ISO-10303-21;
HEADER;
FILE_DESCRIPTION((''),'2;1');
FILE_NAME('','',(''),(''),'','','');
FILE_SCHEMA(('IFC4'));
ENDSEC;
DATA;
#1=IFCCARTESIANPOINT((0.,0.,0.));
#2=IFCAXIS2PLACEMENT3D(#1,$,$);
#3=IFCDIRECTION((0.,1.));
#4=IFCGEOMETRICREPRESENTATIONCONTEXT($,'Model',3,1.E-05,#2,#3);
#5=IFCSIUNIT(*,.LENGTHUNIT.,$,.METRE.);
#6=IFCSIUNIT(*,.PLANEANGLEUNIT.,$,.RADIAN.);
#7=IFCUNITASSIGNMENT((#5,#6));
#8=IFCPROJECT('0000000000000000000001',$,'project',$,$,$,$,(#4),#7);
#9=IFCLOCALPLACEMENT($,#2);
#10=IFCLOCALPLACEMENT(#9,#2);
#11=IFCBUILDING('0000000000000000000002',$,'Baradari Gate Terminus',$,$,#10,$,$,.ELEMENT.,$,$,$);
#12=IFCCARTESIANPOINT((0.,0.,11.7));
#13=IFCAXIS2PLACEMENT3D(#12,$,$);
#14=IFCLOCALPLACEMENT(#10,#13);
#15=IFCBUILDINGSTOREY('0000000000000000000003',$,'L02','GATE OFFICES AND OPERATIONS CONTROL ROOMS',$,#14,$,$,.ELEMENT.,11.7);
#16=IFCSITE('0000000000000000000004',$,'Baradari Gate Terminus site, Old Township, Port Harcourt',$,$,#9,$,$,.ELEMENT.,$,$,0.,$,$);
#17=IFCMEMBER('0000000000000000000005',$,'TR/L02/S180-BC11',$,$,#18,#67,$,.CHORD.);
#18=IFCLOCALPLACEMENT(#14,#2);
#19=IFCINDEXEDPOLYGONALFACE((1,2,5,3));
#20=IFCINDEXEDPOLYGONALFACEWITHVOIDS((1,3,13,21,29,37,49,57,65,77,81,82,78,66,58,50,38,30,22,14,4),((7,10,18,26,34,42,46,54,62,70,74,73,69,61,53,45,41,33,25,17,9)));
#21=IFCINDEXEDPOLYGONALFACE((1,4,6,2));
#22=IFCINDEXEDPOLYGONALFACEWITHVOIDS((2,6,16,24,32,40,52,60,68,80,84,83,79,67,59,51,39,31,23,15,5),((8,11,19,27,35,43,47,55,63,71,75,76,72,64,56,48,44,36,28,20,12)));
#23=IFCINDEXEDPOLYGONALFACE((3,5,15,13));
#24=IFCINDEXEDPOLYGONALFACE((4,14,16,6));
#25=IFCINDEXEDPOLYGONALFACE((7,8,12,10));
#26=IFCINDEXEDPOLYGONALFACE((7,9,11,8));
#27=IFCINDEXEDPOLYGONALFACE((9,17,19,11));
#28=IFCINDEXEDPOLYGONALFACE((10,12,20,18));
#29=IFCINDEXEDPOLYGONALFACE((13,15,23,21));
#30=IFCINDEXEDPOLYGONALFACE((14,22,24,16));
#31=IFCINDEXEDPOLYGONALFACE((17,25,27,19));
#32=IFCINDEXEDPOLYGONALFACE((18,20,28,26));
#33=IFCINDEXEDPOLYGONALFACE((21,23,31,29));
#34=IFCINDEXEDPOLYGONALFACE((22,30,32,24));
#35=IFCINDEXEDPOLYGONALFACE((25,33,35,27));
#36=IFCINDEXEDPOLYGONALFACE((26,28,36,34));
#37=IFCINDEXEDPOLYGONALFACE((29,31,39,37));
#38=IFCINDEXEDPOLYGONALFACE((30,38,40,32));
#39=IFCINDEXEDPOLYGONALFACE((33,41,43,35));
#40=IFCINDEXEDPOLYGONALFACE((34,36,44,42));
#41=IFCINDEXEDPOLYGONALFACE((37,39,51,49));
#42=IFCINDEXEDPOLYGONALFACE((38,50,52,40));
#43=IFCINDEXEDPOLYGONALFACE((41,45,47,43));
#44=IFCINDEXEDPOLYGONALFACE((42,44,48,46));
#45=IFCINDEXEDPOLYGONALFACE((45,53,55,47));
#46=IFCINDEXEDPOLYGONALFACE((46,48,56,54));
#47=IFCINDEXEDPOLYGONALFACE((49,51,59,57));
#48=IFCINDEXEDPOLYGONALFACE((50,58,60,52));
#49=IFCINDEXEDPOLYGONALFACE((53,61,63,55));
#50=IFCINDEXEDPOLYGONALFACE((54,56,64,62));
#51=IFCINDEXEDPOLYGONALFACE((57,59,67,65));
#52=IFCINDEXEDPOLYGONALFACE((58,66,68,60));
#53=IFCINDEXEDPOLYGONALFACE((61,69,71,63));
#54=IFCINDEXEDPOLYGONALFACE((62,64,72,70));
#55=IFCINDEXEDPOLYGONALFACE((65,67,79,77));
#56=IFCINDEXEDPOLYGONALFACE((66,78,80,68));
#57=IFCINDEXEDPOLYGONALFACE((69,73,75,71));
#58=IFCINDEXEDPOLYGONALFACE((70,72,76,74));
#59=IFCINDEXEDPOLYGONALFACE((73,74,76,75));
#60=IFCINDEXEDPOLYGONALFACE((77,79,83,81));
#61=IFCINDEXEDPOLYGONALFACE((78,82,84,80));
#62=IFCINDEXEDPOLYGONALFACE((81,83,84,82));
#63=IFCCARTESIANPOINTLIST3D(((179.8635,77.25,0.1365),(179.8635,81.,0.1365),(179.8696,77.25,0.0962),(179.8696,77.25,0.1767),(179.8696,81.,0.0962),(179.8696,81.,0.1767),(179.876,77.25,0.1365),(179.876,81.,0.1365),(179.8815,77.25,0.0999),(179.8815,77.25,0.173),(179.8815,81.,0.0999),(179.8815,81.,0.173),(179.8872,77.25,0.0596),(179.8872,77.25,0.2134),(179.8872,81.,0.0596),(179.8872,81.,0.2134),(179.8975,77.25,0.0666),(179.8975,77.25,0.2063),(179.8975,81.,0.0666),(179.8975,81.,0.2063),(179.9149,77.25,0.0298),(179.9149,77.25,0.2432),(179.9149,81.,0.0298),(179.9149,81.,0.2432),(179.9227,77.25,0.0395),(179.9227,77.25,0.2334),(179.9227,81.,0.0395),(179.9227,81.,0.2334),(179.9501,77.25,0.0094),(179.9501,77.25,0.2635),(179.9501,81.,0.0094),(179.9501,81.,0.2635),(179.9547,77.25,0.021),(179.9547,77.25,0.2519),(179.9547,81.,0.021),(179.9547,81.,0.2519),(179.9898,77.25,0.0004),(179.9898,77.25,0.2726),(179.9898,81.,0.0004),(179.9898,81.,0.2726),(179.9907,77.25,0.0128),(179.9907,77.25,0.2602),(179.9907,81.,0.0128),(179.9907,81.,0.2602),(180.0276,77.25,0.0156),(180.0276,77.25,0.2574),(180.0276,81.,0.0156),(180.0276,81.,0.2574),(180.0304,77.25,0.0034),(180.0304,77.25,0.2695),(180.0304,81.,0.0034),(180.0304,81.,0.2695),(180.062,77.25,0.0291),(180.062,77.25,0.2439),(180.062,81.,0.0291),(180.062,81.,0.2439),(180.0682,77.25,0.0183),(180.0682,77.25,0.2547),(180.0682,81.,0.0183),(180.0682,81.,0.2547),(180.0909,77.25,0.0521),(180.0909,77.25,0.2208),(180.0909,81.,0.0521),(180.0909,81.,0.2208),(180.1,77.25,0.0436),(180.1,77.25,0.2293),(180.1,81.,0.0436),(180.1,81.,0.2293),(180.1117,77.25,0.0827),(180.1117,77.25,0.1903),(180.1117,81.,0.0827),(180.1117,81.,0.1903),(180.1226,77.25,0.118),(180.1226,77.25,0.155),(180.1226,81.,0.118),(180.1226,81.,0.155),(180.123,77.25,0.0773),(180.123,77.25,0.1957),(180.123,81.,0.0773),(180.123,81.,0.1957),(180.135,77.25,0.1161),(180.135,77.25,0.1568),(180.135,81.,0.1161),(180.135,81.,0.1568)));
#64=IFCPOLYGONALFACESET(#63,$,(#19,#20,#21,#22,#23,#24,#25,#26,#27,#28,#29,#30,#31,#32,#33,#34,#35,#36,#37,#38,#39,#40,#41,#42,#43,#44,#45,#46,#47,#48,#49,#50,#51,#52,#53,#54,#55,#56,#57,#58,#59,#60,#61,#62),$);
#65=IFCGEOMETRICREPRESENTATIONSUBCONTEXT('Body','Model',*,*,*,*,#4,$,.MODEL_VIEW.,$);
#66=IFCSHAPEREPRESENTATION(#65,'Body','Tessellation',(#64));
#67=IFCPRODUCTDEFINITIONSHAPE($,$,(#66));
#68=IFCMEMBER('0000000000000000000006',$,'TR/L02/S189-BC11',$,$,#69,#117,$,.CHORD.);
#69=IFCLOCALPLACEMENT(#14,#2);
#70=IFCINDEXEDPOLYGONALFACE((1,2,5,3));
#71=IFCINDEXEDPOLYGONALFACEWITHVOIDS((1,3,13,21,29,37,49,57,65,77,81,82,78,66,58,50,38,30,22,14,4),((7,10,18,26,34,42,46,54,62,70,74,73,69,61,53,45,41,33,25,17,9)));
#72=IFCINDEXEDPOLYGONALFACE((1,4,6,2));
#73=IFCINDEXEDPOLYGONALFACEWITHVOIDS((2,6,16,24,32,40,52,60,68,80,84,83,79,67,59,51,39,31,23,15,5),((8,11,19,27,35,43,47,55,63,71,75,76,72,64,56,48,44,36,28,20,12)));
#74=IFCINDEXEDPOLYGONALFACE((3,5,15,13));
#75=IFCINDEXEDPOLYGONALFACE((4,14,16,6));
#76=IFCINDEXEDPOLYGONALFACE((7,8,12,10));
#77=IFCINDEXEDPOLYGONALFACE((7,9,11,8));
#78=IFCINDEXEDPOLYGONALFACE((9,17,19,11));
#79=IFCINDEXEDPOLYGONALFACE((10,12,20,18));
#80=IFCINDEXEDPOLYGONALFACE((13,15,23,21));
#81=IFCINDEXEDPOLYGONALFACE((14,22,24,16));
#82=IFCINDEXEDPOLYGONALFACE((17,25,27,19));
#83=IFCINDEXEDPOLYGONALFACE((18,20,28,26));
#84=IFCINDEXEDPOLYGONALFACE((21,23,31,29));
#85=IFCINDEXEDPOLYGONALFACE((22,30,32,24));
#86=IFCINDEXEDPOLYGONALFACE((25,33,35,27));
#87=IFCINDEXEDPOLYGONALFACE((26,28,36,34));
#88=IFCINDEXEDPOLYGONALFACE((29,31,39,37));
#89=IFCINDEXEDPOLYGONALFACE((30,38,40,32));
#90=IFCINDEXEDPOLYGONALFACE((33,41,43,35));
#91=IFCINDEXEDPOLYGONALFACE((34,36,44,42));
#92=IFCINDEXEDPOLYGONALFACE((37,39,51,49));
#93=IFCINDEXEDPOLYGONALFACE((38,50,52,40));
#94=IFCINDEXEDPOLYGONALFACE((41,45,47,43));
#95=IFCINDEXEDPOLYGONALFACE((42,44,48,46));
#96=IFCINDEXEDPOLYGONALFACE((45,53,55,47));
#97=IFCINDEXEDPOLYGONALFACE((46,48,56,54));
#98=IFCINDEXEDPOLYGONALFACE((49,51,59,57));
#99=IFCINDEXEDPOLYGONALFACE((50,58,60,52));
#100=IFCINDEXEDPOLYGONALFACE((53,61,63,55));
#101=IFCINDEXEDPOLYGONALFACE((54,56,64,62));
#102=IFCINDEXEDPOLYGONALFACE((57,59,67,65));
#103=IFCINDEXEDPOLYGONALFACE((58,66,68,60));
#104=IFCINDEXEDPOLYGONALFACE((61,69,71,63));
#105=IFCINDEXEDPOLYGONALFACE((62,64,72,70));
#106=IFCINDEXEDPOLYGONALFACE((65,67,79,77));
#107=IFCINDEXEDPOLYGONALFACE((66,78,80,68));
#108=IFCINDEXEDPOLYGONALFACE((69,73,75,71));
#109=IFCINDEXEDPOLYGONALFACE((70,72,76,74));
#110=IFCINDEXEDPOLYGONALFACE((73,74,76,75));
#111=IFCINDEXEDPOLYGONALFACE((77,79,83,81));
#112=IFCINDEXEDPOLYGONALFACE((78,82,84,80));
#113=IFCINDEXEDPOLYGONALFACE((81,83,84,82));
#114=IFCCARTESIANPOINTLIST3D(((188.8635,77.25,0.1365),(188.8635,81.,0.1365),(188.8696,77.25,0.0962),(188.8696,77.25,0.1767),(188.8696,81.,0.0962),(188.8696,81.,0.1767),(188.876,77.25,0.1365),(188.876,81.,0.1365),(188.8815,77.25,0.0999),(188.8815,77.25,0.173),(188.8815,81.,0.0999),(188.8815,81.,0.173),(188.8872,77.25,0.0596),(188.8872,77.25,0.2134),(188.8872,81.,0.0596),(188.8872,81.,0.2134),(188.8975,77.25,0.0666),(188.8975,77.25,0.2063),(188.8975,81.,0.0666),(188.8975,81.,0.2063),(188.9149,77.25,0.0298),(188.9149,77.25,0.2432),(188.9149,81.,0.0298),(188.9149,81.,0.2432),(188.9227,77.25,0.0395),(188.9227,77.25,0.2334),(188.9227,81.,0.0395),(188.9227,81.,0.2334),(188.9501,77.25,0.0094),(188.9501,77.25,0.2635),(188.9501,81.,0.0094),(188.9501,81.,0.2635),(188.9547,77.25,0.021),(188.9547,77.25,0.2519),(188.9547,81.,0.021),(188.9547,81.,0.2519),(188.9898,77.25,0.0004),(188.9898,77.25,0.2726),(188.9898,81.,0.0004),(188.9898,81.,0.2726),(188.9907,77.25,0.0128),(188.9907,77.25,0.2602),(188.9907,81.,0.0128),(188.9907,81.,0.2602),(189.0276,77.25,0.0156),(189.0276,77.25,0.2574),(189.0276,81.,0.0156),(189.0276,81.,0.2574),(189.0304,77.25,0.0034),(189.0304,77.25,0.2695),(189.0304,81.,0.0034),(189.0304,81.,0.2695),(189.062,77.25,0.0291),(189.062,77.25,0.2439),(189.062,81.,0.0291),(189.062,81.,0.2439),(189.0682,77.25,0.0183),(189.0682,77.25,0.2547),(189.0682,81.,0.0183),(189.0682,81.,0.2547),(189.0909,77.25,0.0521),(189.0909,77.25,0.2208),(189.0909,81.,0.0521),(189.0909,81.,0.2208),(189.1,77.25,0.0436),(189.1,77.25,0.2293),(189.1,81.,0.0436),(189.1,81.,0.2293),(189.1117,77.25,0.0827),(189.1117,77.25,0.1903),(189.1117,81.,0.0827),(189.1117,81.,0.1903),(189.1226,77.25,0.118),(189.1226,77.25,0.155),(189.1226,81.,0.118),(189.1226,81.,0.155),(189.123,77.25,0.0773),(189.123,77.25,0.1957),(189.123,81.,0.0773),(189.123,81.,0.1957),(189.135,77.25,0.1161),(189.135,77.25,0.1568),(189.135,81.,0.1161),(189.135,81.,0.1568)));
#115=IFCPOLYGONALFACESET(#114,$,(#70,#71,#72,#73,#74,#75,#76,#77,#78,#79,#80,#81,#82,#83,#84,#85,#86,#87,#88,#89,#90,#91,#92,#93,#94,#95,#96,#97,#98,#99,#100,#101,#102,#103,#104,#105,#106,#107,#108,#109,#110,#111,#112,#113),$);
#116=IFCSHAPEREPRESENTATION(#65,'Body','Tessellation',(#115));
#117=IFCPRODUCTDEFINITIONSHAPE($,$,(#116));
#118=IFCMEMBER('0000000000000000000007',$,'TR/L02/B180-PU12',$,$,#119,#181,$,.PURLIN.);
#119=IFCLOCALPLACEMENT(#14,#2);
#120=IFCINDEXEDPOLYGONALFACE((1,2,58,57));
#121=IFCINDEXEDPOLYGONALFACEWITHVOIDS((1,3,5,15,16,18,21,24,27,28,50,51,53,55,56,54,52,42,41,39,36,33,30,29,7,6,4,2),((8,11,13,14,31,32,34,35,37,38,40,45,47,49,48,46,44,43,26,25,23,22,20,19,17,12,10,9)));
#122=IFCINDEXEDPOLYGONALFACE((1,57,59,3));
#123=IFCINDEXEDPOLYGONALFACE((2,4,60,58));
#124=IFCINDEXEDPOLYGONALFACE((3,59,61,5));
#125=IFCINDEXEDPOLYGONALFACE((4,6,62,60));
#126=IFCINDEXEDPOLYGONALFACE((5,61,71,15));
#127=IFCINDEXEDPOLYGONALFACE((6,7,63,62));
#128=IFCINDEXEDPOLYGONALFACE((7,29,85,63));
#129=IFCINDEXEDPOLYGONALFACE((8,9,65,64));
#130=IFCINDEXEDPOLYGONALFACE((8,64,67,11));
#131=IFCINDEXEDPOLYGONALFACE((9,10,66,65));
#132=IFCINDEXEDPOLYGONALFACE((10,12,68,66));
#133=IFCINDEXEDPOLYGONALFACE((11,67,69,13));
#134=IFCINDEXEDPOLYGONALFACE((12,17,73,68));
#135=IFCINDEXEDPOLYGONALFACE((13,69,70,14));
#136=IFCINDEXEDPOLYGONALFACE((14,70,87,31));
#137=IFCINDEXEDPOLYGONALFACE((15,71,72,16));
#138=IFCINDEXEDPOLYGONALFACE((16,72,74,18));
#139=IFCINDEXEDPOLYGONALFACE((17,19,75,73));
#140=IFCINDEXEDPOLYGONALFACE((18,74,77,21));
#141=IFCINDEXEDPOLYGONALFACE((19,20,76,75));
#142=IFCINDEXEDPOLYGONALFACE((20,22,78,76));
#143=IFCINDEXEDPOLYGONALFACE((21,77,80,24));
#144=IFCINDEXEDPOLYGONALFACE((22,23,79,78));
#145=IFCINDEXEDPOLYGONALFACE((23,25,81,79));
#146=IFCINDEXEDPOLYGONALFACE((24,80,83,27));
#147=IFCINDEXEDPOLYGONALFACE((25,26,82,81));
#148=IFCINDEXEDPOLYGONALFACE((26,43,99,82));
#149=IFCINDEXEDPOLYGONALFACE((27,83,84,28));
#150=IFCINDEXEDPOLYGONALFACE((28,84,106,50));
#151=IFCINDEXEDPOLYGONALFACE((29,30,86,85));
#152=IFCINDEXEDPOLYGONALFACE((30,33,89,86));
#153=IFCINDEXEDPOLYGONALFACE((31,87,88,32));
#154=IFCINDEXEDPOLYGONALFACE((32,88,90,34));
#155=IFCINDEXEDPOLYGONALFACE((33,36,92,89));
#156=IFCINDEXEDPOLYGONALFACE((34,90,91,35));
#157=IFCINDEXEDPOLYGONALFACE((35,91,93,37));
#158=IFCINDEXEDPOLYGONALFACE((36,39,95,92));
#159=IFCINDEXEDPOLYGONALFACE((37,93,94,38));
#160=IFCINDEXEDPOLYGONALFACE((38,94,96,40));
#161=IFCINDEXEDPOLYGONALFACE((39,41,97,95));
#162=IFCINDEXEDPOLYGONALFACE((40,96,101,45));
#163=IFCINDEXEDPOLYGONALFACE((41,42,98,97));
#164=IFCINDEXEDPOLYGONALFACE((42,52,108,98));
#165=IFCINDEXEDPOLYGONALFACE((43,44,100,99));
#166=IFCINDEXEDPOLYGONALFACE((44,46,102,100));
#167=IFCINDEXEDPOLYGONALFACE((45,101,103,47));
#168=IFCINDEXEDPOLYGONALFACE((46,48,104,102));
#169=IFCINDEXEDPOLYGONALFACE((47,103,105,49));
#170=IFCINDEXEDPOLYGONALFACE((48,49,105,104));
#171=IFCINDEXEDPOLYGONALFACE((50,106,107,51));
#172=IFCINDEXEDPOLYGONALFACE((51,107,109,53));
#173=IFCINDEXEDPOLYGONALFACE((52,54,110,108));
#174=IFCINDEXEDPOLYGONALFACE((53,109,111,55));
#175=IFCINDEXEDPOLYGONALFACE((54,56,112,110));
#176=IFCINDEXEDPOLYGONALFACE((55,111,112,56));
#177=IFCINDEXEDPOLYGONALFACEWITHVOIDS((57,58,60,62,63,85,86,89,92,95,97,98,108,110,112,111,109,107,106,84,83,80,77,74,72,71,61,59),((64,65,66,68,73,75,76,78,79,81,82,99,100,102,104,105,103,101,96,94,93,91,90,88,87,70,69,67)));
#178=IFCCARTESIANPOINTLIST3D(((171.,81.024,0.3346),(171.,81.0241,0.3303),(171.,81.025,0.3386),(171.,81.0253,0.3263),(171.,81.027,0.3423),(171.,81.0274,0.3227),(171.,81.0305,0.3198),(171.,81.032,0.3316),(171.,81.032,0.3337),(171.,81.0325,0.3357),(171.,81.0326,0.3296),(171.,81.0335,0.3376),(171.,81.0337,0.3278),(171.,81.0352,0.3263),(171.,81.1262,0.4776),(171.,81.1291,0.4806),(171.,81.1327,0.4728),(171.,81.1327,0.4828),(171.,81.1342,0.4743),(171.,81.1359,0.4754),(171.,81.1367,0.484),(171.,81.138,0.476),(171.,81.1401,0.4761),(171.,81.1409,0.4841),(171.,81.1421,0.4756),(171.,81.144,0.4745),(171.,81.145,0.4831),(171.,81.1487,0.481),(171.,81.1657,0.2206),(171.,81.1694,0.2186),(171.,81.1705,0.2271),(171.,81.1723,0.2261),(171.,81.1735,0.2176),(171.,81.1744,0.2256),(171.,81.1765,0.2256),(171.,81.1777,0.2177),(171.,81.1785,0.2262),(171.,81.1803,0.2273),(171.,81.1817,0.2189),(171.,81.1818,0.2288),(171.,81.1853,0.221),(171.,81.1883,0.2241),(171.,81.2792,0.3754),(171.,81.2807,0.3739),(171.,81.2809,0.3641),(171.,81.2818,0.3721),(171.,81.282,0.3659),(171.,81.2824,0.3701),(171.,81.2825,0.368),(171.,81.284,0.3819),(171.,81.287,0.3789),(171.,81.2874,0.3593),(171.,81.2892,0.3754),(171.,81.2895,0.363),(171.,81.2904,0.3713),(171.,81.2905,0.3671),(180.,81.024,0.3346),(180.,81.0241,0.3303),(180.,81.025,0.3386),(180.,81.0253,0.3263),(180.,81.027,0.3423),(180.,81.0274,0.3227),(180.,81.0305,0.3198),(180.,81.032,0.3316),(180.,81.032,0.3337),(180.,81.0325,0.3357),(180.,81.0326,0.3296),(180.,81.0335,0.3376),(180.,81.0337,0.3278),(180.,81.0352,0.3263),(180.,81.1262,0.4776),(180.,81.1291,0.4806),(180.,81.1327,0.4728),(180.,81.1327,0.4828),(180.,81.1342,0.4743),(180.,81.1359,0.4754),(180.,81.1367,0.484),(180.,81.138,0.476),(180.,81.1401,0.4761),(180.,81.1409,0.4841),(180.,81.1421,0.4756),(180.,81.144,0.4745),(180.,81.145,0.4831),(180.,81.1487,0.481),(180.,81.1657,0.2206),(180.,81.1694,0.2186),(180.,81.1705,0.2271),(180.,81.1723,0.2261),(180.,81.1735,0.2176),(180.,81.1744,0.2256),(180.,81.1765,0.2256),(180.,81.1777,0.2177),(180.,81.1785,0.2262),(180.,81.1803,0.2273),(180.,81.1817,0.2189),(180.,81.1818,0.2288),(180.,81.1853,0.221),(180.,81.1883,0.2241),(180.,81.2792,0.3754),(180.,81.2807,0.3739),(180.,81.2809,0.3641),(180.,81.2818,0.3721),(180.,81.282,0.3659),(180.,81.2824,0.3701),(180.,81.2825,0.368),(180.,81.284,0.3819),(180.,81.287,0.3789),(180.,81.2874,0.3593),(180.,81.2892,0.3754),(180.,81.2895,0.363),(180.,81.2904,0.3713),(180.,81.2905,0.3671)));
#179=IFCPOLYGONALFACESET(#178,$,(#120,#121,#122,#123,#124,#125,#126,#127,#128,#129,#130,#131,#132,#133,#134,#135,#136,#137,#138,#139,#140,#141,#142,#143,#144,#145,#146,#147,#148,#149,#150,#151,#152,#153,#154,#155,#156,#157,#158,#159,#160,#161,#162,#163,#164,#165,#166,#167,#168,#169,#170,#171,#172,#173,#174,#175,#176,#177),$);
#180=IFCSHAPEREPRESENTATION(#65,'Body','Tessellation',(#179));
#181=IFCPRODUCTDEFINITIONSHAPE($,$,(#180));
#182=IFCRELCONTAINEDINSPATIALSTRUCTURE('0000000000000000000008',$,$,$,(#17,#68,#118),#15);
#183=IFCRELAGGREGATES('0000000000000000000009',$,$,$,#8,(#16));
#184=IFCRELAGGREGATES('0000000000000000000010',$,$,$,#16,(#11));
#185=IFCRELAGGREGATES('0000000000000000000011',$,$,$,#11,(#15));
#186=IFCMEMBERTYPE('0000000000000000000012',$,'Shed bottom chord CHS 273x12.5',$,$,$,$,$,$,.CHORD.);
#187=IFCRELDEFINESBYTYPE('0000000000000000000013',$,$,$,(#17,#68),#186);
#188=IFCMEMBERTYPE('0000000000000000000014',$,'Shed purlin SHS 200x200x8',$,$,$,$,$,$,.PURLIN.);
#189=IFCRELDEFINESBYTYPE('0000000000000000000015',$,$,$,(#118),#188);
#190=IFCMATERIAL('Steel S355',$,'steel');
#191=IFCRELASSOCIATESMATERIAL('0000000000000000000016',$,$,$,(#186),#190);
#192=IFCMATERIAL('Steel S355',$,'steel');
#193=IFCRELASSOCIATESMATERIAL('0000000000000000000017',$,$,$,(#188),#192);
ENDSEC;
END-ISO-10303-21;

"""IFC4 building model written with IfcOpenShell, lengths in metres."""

from ifc_helpers import new_model, si_unit, direction, frame, origin, origin_2d, place, context, subcontext, project, spatial, hollow_rectangle, hollow_circle, extrude, material, material_profile, profile_set, type_object, element, save


model = new_model("IFC4")

# Units and contexts
model_context = context("Model", 3, precision=1e-05, world=origin(), true_north=direction((0.0, 1.0)))
body_context = subcontext(model_context, "Body", "Model", "MODEL_VIEW")
ifc_project = project(units=[si_unit("LENGTHUNIT", "METRE"), si_unit("PLANEANGLEUNIT", "RADIAN")], contexts=[model_context])

# Site, building, storey
site_placement = place(None, origin())
site = spatial("IfcSite", under=ifc_project, at=site_placement, Name="Baradari Gate Terminus site, Old Township, Port Harcourt", CompositionType="ELEMENT", RefElevation=0.0)
building_placement = place(site_placement, origin())
building = spatial("IfcBuilding", under=site, at=building_placement, Name="Baradari Gate Terminus", CompositionType="ELEMENT")
storey_placement = place(building_placement, frame((0.0, 0.0, 11.7)))
storey = spatial("IfcBuildingStorey", under=building, at=storey_placement, Name="L02", Description="GATE OFFICES AND OPERATIONS CONTROL ROOMS", CompositionType="ELEMENT", Elevation=11.7)

# Members
ifc_material_1 = material(Name="Steel S355", Category="steel")
ifc_material_profile_1 = material_profile(ifc_material_1, hollow_circle(Radius=0.1365, WallThickness=0.0125, at=origin_2d()), Name="CHS 273x12.5")
ifc_profile_set_1 = profile_set([ifc_material_profile_1], Name="Steel S355")
member_type_1 = type_object("IfcMemberType", Name="Shed bottom chord CHS 273x12.5", PredefinedType="CHORD", material=ifc_profile_set_1)
for number, where, z_axis, x_axis, name in (
    (1, (180.0, 77.25, 0.1365), (0.0, 1.0, 0.0), (-1.0, 0.0, 0.0), "TR/L02/S180-BC11"),
    (2, (189.0, 77.25, 0.1365), (0.0, 1.0, 0.0), (-1.0, 0.0, 0.0), "TR/L02/S189-BC11"),
):
    element("IfcMember", number, at=place(storey_placement, frame(where, z_axis=z_axis, x_axis=x_axis)), inside=storey, type_object=member_type_1, Name=name, PredefinedType="CHORD", context=body_context, shape_type="SweptSolid", body=[
        extrude(hollow_circle(Radius=0.1365, WallThickness=0.0125, at=origin_2d()), origin(), (0.0, 0.0, 1.0), 3.75),
    ])
ifc_material_2 = material(Name="Steel S355", Category="steel")
ifc_material_profile_2 = material_profile(ifc_material_2, hollow_rectangle(XDim=0.2, YDim=0.2, WallThickness=0.0081, InnerFilletRadius=0.0081, OuterFilletRadius=0.0161, at=origin_2d()), Name="SHS 200x200x8")
ifc_profile_set_2 = profile_set([ifc_material_profile_2], Name="Steel S355")
member_type_2 = type_object("IfcMemberType", Name="Shed purlin SHS 200x200x8", PredefinedType="PURLIN", material=ifc_profile_set_2)
for number, where, z_axis, x_axis, name in (
    (3, (171.0, 81.1572, 0.3508), (1.0, 0.0, 0.0), (0.0, 0.806405, -0.591364), "TR/L02/B180-PU12"),
):
    element("IfcMember", number, at=place(storey_placement, frame(where, z_axis=z_axis, x_axis=x_axis)), inside=storey, type_object=member_type_2, Name=name, PredefinedType="PURLIN", context=body_context, shape_type="SweptSolid", body=[
        extrude(hollow_rectangle(XDim=0.2, YDim=0.2, WallThickness=0.0081, InnerFilletRadius=0.0081, OuterFilletRadius=0.0161, at=origin_2d()), origin(), (0.0, 0.0, 1.0), 9.0),
    ])

save(model, "model.ifc")
